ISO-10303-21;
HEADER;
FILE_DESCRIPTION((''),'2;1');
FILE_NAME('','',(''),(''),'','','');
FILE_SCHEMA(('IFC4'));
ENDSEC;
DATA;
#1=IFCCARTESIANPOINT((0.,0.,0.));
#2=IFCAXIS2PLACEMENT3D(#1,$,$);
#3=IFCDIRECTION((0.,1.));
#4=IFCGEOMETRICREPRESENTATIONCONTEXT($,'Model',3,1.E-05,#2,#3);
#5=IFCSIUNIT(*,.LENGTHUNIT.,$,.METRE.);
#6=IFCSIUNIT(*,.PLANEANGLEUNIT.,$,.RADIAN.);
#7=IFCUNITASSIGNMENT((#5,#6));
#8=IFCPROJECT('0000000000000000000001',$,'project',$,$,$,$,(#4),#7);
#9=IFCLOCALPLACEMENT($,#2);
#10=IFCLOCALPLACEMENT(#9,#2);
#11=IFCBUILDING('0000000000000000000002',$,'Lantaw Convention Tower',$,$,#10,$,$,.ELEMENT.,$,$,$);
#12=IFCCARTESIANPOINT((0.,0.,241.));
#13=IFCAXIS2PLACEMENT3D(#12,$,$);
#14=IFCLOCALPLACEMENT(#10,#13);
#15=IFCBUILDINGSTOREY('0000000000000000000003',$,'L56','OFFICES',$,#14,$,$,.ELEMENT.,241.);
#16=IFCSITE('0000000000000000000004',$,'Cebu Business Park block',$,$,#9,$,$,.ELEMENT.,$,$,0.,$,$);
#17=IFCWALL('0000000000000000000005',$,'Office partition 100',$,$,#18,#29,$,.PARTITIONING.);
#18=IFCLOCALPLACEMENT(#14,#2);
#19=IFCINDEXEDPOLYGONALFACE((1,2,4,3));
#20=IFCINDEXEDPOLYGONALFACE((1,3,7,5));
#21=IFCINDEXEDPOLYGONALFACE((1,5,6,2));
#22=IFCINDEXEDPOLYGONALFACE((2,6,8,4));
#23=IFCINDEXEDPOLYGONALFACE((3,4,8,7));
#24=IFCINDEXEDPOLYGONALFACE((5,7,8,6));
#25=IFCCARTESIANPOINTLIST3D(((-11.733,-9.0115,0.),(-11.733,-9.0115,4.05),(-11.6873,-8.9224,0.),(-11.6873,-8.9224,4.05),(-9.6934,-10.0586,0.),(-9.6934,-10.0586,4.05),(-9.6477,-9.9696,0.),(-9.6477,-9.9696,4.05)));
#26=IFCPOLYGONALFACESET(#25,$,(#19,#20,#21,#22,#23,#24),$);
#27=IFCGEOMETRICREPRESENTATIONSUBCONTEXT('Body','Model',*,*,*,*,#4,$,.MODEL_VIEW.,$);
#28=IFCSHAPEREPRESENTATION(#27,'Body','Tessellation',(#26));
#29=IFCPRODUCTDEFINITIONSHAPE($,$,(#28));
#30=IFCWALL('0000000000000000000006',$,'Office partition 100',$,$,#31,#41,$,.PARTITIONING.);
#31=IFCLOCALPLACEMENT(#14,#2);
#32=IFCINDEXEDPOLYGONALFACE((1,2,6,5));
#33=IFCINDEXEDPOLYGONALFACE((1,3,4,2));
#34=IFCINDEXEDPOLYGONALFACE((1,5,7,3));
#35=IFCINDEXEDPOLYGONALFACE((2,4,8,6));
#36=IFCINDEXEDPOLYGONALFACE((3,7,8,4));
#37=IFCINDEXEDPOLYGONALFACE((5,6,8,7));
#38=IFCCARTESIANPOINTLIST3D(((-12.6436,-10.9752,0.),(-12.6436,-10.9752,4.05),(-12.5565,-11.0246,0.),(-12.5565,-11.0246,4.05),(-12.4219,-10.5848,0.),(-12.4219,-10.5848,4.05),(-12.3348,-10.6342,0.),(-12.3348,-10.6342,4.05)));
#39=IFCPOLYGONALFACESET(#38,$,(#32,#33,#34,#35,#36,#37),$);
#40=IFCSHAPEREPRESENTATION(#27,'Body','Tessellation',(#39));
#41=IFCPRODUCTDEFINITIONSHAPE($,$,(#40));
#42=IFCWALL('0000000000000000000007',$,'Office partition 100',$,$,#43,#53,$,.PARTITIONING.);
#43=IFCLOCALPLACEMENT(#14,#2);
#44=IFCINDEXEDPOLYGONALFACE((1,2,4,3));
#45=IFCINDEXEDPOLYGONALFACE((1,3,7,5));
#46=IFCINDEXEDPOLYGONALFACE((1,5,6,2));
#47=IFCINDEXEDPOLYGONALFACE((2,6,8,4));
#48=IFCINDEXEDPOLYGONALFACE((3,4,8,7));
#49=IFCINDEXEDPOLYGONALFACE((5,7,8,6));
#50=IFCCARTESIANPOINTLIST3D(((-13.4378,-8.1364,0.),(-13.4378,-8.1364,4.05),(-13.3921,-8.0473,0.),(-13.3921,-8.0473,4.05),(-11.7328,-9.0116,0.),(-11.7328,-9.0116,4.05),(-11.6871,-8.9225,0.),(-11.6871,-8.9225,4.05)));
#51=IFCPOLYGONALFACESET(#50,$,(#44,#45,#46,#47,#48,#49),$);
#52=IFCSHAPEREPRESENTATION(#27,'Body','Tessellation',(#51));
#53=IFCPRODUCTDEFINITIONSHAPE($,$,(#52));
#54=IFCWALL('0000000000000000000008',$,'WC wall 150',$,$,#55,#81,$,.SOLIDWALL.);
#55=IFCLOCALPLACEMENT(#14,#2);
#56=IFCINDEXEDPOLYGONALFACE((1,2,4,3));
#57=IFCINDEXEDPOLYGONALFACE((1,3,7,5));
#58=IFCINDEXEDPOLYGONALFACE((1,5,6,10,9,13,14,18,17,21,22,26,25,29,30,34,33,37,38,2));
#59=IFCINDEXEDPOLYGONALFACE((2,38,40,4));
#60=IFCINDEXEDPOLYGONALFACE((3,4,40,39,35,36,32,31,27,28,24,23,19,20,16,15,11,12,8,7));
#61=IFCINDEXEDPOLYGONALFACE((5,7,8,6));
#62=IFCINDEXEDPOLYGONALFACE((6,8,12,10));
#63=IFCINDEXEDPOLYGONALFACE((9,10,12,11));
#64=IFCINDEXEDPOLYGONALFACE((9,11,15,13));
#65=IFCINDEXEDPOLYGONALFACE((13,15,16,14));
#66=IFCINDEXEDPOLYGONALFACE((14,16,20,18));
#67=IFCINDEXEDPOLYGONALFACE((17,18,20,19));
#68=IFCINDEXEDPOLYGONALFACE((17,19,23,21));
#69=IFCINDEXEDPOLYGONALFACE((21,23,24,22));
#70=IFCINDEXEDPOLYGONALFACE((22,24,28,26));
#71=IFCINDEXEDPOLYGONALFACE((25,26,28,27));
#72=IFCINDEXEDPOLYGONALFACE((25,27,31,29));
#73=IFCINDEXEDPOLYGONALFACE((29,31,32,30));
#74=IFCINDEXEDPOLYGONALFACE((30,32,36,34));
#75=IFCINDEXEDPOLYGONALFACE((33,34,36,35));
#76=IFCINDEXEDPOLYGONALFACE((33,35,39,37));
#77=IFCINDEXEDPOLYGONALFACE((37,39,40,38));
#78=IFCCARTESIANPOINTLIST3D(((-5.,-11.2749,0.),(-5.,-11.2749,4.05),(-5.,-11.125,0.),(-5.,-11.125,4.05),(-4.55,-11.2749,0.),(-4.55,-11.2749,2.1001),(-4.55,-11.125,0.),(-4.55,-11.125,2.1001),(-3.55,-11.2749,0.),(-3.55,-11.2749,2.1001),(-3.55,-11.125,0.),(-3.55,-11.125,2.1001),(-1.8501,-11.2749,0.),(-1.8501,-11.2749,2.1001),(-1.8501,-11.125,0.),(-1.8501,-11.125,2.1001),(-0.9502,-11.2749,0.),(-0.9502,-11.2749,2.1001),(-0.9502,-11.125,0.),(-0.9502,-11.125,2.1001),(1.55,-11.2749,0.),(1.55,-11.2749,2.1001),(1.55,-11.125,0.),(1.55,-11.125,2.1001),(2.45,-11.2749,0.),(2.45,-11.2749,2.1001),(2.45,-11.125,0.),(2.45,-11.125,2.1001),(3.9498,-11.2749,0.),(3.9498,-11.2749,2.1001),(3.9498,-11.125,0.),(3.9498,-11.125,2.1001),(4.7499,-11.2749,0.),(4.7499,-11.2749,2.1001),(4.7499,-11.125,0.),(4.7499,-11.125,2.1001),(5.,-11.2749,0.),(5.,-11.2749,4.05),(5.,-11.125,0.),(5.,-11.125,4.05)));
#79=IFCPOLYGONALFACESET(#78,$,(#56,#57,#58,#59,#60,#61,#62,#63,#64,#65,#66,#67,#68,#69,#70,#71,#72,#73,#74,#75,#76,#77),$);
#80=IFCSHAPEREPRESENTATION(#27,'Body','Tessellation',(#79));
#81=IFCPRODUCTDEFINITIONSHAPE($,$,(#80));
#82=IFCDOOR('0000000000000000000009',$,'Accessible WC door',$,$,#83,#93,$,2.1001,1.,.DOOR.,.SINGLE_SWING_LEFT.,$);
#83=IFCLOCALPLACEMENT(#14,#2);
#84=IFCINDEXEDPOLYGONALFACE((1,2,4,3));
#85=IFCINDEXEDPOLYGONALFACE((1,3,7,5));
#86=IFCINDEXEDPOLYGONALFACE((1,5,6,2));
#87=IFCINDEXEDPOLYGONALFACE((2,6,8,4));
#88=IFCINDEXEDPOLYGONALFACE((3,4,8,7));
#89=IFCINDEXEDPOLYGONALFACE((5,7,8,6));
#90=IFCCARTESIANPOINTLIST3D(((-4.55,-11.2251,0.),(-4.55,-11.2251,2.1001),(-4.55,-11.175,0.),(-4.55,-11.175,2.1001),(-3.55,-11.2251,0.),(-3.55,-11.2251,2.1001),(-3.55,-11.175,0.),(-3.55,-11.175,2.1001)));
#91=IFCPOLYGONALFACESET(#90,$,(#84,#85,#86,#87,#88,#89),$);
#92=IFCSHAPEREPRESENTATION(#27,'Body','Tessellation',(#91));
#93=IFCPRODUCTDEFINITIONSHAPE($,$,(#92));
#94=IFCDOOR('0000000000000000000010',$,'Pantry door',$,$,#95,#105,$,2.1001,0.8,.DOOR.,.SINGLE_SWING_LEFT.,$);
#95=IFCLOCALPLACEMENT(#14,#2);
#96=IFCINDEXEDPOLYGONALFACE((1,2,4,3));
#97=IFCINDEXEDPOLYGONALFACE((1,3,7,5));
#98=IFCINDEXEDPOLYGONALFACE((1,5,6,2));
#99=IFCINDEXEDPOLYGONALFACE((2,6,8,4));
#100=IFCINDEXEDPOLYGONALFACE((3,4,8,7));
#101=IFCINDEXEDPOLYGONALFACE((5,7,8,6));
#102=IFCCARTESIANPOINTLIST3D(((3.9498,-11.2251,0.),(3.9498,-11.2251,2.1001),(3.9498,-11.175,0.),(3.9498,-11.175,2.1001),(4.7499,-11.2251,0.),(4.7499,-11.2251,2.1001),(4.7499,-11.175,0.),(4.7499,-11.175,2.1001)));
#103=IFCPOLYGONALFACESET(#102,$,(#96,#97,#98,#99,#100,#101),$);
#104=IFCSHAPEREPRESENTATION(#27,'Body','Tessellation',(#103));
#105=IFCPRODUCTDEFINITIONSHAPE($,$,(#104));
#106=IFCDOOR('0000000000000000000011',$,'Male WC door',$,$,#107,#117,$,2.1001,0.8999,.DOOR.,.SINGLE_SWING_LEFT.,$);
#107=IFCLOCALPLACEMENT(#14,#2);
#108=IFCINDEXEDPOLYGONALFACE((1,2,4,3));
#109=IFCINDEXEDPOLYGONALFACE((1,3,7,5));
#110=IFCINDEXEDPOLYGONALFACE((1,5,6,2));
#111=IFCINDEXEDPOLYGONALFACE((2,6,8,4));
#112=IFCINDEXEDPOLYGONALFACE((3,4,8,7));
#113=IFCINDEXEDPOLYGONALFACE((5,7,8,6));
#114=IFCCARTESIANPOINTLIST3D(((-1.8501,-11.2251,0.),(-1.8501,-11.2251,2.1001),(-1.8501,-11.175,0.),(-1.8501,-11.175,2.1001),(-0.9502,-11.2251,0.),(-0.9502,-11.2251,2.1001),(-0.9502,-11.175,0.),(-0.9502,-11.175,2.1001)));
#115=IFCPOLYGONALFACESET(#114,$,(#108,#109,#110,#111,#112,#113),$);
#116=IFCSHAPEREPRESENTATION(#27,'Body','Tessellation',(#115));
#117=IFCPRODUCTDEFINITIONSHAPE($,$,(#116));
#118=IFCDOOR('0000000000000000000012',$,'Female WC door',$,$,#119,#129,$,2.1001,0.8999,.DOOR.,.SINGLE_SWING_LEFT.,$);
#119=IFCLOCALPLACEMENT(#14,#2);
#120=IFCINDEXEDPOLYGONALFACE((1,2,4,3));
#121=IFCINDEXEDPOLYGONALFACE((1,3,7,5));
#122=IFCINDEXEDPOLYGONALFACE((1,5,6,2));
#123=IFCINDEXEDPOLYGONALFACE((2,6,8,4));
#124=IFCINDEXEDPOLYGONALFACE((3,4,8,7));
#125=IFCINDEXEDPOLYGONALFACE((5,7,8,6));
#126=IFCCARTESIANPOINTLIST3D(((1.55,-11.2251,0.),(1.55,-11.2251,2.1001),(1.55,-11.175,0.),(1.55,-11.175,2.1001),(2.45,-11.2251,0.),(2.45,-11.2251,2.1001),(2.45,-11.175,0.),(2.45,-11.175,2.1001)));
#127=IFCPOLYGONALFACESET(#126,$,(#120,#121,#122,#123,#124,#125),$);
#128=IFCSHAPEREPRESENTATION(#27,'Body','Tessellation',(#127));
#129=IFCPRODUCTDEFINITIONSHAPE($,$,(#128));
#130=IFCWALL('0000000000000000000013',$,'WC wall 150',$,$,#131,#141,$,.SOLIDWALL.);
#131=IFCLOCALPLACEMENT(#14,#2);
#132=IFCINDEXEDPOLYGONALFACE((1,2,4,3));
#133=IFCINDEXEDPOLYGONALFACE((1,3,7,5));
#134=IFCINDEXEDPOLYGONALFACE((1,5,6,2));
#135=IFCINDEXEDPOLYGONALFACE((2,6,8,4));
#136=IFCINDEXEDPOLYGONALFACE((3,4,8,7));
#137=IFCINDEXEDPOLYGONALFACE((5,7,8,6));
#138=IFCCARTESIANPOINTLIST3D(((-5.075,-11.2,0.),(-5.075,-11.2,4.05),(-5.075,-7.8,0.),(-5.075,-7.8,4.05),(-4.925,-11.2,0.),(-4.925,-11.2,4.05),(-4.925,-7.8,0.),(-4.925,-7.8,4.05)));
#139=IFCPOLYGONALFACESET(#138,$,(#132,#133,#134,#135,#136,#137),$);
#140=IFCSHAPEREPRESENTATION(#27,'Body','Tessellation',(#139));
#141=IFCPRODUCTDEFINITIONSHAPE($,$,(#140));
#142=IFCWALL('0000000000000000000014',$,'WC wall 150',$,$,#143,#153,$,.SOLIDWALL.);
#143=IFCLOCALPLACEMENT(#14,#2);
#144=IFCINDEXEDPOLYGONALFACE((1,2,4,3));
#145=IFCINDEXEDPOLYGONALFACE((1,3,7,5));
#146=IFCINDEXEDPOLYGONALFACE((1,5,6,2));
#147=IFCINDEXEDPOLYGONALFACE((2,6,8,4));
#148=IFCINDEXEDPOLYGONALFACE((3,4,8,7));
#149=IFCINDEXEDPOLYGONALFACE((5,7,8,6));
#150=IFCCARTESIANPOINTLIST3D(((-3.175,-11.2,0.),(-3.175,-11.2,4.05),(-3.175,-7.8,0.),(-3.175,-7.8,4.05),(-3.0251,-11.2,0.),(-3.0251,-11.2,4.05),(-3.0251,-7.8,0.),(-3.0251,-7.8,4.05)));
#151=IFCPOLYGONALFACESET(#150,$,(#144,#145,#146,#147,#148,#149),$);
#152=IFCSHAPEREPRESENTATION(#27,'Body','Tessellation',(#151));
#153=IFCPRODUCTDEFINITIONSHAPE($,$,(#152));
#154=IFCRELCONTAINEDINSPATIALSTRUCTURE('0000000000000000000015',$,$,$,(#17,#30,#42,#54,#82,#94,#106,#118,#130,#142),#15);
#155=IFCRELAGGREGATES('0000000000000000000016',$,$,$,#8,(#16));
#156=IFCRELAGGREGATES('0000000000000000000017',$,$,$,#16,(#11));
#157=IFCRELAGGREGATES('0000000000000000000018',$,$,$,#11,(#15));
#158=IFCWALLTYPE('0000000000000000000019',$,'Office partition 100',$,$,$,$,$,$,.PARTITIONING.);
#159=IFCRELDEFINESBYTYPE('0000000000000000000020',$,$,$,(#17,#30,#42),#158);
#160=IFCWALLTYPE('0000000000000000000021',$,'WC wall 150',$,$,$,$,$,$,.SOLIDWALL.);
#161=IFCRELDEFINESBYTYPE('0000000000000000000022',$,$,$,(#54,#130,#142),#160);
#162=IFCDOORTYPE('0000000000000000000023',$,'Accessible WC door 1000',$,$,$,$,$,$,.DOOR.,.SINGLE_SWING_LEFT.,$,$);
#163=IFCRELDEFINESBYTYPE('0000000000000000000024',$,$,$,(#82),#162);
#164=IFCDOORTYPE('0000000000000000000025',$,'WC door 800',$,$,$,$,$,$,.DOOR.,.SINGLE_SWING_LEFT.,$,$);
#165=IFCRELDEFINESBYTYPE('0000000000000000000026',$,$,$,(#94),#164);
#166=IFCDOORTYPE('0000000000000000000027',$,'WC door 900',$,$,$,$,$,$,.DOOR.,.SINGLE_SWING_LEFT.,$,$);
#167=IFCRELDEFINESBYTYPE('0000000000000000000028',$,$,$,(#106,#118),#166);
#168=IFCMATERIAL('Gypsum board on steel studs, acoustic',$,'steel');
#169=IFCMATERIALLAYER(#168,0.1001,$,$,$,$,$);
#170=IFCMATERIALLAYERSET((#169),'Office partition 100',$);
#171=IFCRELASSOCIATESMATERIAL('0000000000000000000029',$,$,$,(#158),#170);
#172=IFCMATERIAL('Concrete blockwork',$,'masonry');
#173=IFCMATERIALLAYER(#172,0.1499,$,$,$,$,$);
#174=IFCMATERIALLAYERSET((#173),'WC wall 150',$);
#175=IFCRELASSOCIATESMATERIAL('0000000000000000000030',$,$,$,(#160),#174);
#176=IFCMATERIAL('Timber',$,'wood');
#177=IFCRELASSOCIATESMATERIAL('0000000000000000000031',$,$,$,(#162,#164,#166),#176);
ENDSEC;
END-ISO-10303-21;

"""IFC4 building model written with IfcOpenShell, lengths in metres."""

from ifc_helpers import new_model, si_unit, direction, frame, frame_2d, origin, place, context, subcontext, project, spatial, rectangle, extrude, material, layer, layer_set, type_object, element, fill, save


model = new_model("IFC4")

# Units and contexts
model_context = context("Model", 3, precision=1e-05, world=origin(), true_north=direction((0.0, 1.0)))
body_context = subcontext(model_context, "Body", "Model", "MODEL_VIEW")
ifc_project = project(units=[si_unit("LENGTHUNIT", "METRE"), si_unit("PLANEANGLEUNIT", "RADIAN")], contexts=[model_context])

# Site, building, storey
site_placement = place(None, origin())
site = spatial("IfcSite", under=ifc_project, at=site_placement, Name="Cebu Business Park block", CompositionType="ELEMENT", RefElevation=0.0)
building_placement = place(site_placement, origin())
building = spatial("IfcBuilding", under=site, at=building_placement, Name="Lantaw Convention Tower", CompositionType="ELEMENT")
storey_placement = place(building_placement, frame((0.0, 0.0, 241.0)))
storey = spatial("IfcBuildingStorey", under=building, at=storey_placement, Name="L56", Description="OFFICES", CompositionType="ELEMENT", Elevation=241.0)

# Shared definitions
ifc_material_1 = material(Name="Gypsum board on steel studs, acoustic", Category="steel")
ifc_layer_1 = layer(ifc_material_1, 0.1001)
ifc_layer_set_1 = layer_set([ifc_layer_1], Name="Office partition 100")
wall_type_1 = type_object("IfcWallType", Name="Office partition 100", PredefinedType="PARTITIONING", material=ifc_layer_set_1)

# Shared definitions
ifc_material_2 = material(Name="Timber", Category="wood")

# Walls
wall_1_placement = place(storey_placement, frame((-9.6704, -10.0142, 0.0), z_axis=(0.0, 0.0, 1.0), x_axis=(-0.889606, 0.45673, 0.0)))
element("IfcWall", 1, at=wall_1_placement, inside=storey, type_object=wall_type_1, Name="Office partition 100", PredefinedType="PARTITIONING", context=body_context, shape_type="SweptSolid", body=[
    extrude(rectangle(XDim=2.2927, YDim=0.1001, at=frame_2d((1.1465, 0.0))), origin(), (0.0, 0.0, 1.0), 4.05),
])
wall_2_placement = place(storey_placement, frame((-12.6001, -11.0, 0.0), z_axis=(0.0, 0.0, 1.0), x_axis=(0.493794, 0.869579, 0.0)))
element("IfcWall", 2, at=wall_2_placement, inside=storey, type_object=wall_type_1, Name="Office partition 100", PredefinedType="PARTITIONING", context=body_context, shape_type="SweptSolid", body=[
    extrude(rectangle(XDim=0.449, YDim=0.1001, at=frame_2d((0.2246, 0.0))), origin(), (0.0, 0.0, 1.0), 4.05),
])
wall_3_placement = place(storey_placement, frame((-11.71, -8.967, 0.0), z_axis=(0.0, 0.0, 1.0), x_axis=(-0.889638, 0.456666, 0.0)))
element("IfcWall", 3, at=wall_3_placement, inside=storey, type_object=wall_type_1, Name="Office partition 100", PredefinedType="PARTITIONING", context=body_context, shape_type="SweptSolid", body=[
    extrude(rectangle(XDim=1.9165, YDim=0.1001, at=frame_2d((0.9583, 0.0))), origin(), (0.0, 0.0, 1.0), 4.05),
])

# Wall, openings, doors
ifc_material_3 = material(Name="Concrete blockwork", Category="masonry")
ifc_layer_2 = layer(ifc_material_3, 0.1499)
ifc_layer_set_2 = layer_set([ifc_layer_2], Name="WC wall 150")
wall_type_2 = type_object("IfcWallType", Name="WC wall 150", PredefinedType="SOLIDWALL", material=ifc_layer_set_2)
wall_4_placement = place(storey_placement, frame((-5.0, -11.2, 0.0), z_axis=(0.0, 0.0, 1.0), x_axis=(1.0, 0.0, 0.0)))
wall_4 = element("IfcWall", 4, at=wall_4_placement, inside=storey, type_object=wall_type_2, Name="WC wall 150", PredefinedType="SOLIDWALL", context=body_context, shape_type="SweptSolid", body=[
    extrude(rectangle(XDim=10.0, YDim=0.1499, at=frame_2d((5.0, 0.0))), origin(), (0.0, 0.0, 1.0), 4.05),
])
opening_1_placement = place(wall_4_placement, frame((0.45, 0.0, 0.0)))
opening_1 = element("IfcOpeningElement", 5, at=opening_1_placement, cuts=wall_4, PredefinedType="OPENING", context=body_context, shape_type="SweptSolid", body=[
    extrude(rectangle(XDim=1.0, YDim=2.1001, at=frame_2d((0.5, 1.05))), frame((0.0, 0.085, 0.0), z_axis=(0.0, -1.0, 0.0), x_axis=(1.0, 0.0, 0.0)), (0.0, 0.0, 1.0), 0.1699),
])
opening_2_placement = place(wall_4_placement, frame((3.1499, 0.0, 0.0)))
opening_2 = element("IfcOpeningElement", 6, at=opening_2_placement, cuts=wall_4, PredefinedType="OPENING", context=body_context, shape_type="SweptSolid", body=[
    extrude(rectangle(XDim=0.8999, YDim=2.1001, at=frame_2d((0.45, 1.05))), frame((0.0, 0.085, 0.0), z_axis=(0.0, -1.0, 0.0), x_axis=(1.0, 0.0, 0.0)), (0.0, 0.0, 1.0), 0.1699),
])
opening_3_placement = place(wall_4_placement, frame((6.55, 0.0, 0.0)))
opening_3 = element("IfcOpeningElement", 7, at=opening_3_placement, cuts=wall_4, PredefinedType="OPENING", context=body_context, shape_type="SweptSolid", body=[
    extrude(rectangle(XDim=0.8999, YDim=2.1001, at=frame_2d((0.45, 1.05))), frame((0.0, 0.085, 0.0), z_axis=(0.0, -1.0, 0.0), x_axis=(1.0, 0.0, 0.0)), (0.0, 0.0, 1.0), 0.1699),
])
opening_4_placement = place(wall_4_placement, frame((8.95, 0.0, 0.0)))
opening_4 = element("IfcOpeningElement", 8, at=opening_4_placement, cuts=wall_4, PredefinedType="OPENING", context=body_context, shape_type="SweptSolid", body=[
    extrude(rectangle(XDim=0.8, YDim=2.1001, at=frame_2d((0.3999, 1.05))), frame((0.0, 0.085, 0.0), z_axis=(0.0, -1.0, 0.0), x_axis=(1.0, 0.0, 0.0)), (0.0, 0.0, 1.0), 0.1699),
])
door_type_1 = type_object("IfcDoorType", Name="Accessible WC door 1000", OperationType="SINGLE_SWING_LEFT", PredefinedType="DOOR", material=ifc_material_2)
door_1_placement = place(opening_1_placement, origin())
door_1 = element("IfcDoor", 9, at=door_1_placement, inside=storey, type_object=door_type_1, Name="Accessible WC door", OperationType="SINGLE_SWING_LEFT", OverallHeight=2.1001, OverallWidth=1.0, PredefinedType="DOOR", context=body_context, shape_type="SweptSolid", body=[
    extrude(rectangle(XDim=1.0, YDim=2.1001, at=frame_2d((0.5, 1.05))), frame((0.0, 0.0249, 0.0), z_axis=(0.0, -1.0, 0.0), x_axis=(1.0, 0.0, 0.0)), (0.0, 0.0, 1.0), 0.05),
])
fill(opening_1, door_1)
door_type_2 = type_object("IfcDoorType", Name="WC door 800", OperationType="SINGLE_SWING_LEFT", PredefinedType="DOOR", material=ifc_material_2)
door_2_placement = place(opening_4_placement, origin())
door_2 = element("IfcDoor", 10, at=door_2_placement, inside=storey, type_object=door_type_2, Name="Pantry door", OperationType="SINGLE_SWING_LEFT", OverallHeight=2.1001, OverallWidth=0.8, PredefinedType="DOOR", context=body_context, shape_type="SweptSolid", body=[
    extrude(rectangle(XDim=0.8, YDim=2.1001, at=frame_2d((0.3999, 1.05))), frame((0.0, 0.0249, 0.0), z_axis=(0.0, -1.0, 0.0), x_axis=(1.0, 0.0, 0.0)), (0.0, 0.0, 1.0), 0.05),
])
fill(opening_4, door_2)
door_type_3 = type_object("IfcDoorType", Name="WC door 900", OperationType="SINGLE_SWING_LEFT", PredefinedType="DOOR", material=ifc_material_2)
door_3_placement = place(opening_2_placement, origin())
door_3 = element("IfcDoor", 11, at=door_3_placement, inside=storey, type_object=door_type_3, Name="Male WC door", OperationType="SINGLE_SWING_LEFT", OverallHeight=2.1001, OverallWidth=0.8999, PredefinedType="DOOR", context=body_context, shape_type="SweptSolid", body=[
    extrude(rectangle(XDim=0.8999, YDim=2.1001, at=frame_2d((0.45, 1.05))), frame((0.0, 0.0249, 0.0), z_axis=(0.0, -1.0, 0.0), x_axis=(1.0, 0.0, 0.0)), (0.0, 0.0, 1.0), 0.05),
])
fill(opening_2, door_3)
door_4_placement = place(opening_3_placement, origin())
door_4 = element("IfcDoor", 12, at=door_4_placement, inside=storey, type_object=door_type_3, Name="Female WC door", OperationType="SINGLE_SWING_LEFT", OverallHeight=2.1001, OverallWidth=0.8999, PredefinedType="DOOR", context=body_context, shape_type="SweptSolid", body=[
    extrude(rectangle(XDim=0.8999, YDim=2.1001, at=frame_2d((0.45, 1.05))), frame((0.0, 0.0249, 0.0), z_axis=(0.0, -1.0, 0.0), x_axis=(1.0, 0.0, 0.0)), (0.0, 0.0, 1.0), 0.05),
])
fill(opening_3, door_4)

# Walls
for number, where, z_axis, x_axis, name in (
    (13, (-5.0, -7.8, 0.0), (0.0, 0.0, 1.0), (0.0, -1.0, 0.0), "WC wall 150"),
    (14, (-3.1001, -7.8, 0.0), (0.0, 0.0, 1.0), (0.0, -1.0, 0.0), "WC wall 150"),
):
    element("IfcWall", number, at=place(storey_placement, frame(where, z_axis=z_axis, x_axis=x_axis)), inside=storey, type_object=wall_type_2, Name=name, PredefinedType="SOLIDWALL", context=body_context, shape_type="SweptSolid", body=[
        extrude(rectangle(XDim=3.3999, YDim=0.1499, at=frame_2d((1.7, 0.0))), origin(), (0.0, 0.0, 1.0), 4.05),
    ])

save(model, "model.ifc")
